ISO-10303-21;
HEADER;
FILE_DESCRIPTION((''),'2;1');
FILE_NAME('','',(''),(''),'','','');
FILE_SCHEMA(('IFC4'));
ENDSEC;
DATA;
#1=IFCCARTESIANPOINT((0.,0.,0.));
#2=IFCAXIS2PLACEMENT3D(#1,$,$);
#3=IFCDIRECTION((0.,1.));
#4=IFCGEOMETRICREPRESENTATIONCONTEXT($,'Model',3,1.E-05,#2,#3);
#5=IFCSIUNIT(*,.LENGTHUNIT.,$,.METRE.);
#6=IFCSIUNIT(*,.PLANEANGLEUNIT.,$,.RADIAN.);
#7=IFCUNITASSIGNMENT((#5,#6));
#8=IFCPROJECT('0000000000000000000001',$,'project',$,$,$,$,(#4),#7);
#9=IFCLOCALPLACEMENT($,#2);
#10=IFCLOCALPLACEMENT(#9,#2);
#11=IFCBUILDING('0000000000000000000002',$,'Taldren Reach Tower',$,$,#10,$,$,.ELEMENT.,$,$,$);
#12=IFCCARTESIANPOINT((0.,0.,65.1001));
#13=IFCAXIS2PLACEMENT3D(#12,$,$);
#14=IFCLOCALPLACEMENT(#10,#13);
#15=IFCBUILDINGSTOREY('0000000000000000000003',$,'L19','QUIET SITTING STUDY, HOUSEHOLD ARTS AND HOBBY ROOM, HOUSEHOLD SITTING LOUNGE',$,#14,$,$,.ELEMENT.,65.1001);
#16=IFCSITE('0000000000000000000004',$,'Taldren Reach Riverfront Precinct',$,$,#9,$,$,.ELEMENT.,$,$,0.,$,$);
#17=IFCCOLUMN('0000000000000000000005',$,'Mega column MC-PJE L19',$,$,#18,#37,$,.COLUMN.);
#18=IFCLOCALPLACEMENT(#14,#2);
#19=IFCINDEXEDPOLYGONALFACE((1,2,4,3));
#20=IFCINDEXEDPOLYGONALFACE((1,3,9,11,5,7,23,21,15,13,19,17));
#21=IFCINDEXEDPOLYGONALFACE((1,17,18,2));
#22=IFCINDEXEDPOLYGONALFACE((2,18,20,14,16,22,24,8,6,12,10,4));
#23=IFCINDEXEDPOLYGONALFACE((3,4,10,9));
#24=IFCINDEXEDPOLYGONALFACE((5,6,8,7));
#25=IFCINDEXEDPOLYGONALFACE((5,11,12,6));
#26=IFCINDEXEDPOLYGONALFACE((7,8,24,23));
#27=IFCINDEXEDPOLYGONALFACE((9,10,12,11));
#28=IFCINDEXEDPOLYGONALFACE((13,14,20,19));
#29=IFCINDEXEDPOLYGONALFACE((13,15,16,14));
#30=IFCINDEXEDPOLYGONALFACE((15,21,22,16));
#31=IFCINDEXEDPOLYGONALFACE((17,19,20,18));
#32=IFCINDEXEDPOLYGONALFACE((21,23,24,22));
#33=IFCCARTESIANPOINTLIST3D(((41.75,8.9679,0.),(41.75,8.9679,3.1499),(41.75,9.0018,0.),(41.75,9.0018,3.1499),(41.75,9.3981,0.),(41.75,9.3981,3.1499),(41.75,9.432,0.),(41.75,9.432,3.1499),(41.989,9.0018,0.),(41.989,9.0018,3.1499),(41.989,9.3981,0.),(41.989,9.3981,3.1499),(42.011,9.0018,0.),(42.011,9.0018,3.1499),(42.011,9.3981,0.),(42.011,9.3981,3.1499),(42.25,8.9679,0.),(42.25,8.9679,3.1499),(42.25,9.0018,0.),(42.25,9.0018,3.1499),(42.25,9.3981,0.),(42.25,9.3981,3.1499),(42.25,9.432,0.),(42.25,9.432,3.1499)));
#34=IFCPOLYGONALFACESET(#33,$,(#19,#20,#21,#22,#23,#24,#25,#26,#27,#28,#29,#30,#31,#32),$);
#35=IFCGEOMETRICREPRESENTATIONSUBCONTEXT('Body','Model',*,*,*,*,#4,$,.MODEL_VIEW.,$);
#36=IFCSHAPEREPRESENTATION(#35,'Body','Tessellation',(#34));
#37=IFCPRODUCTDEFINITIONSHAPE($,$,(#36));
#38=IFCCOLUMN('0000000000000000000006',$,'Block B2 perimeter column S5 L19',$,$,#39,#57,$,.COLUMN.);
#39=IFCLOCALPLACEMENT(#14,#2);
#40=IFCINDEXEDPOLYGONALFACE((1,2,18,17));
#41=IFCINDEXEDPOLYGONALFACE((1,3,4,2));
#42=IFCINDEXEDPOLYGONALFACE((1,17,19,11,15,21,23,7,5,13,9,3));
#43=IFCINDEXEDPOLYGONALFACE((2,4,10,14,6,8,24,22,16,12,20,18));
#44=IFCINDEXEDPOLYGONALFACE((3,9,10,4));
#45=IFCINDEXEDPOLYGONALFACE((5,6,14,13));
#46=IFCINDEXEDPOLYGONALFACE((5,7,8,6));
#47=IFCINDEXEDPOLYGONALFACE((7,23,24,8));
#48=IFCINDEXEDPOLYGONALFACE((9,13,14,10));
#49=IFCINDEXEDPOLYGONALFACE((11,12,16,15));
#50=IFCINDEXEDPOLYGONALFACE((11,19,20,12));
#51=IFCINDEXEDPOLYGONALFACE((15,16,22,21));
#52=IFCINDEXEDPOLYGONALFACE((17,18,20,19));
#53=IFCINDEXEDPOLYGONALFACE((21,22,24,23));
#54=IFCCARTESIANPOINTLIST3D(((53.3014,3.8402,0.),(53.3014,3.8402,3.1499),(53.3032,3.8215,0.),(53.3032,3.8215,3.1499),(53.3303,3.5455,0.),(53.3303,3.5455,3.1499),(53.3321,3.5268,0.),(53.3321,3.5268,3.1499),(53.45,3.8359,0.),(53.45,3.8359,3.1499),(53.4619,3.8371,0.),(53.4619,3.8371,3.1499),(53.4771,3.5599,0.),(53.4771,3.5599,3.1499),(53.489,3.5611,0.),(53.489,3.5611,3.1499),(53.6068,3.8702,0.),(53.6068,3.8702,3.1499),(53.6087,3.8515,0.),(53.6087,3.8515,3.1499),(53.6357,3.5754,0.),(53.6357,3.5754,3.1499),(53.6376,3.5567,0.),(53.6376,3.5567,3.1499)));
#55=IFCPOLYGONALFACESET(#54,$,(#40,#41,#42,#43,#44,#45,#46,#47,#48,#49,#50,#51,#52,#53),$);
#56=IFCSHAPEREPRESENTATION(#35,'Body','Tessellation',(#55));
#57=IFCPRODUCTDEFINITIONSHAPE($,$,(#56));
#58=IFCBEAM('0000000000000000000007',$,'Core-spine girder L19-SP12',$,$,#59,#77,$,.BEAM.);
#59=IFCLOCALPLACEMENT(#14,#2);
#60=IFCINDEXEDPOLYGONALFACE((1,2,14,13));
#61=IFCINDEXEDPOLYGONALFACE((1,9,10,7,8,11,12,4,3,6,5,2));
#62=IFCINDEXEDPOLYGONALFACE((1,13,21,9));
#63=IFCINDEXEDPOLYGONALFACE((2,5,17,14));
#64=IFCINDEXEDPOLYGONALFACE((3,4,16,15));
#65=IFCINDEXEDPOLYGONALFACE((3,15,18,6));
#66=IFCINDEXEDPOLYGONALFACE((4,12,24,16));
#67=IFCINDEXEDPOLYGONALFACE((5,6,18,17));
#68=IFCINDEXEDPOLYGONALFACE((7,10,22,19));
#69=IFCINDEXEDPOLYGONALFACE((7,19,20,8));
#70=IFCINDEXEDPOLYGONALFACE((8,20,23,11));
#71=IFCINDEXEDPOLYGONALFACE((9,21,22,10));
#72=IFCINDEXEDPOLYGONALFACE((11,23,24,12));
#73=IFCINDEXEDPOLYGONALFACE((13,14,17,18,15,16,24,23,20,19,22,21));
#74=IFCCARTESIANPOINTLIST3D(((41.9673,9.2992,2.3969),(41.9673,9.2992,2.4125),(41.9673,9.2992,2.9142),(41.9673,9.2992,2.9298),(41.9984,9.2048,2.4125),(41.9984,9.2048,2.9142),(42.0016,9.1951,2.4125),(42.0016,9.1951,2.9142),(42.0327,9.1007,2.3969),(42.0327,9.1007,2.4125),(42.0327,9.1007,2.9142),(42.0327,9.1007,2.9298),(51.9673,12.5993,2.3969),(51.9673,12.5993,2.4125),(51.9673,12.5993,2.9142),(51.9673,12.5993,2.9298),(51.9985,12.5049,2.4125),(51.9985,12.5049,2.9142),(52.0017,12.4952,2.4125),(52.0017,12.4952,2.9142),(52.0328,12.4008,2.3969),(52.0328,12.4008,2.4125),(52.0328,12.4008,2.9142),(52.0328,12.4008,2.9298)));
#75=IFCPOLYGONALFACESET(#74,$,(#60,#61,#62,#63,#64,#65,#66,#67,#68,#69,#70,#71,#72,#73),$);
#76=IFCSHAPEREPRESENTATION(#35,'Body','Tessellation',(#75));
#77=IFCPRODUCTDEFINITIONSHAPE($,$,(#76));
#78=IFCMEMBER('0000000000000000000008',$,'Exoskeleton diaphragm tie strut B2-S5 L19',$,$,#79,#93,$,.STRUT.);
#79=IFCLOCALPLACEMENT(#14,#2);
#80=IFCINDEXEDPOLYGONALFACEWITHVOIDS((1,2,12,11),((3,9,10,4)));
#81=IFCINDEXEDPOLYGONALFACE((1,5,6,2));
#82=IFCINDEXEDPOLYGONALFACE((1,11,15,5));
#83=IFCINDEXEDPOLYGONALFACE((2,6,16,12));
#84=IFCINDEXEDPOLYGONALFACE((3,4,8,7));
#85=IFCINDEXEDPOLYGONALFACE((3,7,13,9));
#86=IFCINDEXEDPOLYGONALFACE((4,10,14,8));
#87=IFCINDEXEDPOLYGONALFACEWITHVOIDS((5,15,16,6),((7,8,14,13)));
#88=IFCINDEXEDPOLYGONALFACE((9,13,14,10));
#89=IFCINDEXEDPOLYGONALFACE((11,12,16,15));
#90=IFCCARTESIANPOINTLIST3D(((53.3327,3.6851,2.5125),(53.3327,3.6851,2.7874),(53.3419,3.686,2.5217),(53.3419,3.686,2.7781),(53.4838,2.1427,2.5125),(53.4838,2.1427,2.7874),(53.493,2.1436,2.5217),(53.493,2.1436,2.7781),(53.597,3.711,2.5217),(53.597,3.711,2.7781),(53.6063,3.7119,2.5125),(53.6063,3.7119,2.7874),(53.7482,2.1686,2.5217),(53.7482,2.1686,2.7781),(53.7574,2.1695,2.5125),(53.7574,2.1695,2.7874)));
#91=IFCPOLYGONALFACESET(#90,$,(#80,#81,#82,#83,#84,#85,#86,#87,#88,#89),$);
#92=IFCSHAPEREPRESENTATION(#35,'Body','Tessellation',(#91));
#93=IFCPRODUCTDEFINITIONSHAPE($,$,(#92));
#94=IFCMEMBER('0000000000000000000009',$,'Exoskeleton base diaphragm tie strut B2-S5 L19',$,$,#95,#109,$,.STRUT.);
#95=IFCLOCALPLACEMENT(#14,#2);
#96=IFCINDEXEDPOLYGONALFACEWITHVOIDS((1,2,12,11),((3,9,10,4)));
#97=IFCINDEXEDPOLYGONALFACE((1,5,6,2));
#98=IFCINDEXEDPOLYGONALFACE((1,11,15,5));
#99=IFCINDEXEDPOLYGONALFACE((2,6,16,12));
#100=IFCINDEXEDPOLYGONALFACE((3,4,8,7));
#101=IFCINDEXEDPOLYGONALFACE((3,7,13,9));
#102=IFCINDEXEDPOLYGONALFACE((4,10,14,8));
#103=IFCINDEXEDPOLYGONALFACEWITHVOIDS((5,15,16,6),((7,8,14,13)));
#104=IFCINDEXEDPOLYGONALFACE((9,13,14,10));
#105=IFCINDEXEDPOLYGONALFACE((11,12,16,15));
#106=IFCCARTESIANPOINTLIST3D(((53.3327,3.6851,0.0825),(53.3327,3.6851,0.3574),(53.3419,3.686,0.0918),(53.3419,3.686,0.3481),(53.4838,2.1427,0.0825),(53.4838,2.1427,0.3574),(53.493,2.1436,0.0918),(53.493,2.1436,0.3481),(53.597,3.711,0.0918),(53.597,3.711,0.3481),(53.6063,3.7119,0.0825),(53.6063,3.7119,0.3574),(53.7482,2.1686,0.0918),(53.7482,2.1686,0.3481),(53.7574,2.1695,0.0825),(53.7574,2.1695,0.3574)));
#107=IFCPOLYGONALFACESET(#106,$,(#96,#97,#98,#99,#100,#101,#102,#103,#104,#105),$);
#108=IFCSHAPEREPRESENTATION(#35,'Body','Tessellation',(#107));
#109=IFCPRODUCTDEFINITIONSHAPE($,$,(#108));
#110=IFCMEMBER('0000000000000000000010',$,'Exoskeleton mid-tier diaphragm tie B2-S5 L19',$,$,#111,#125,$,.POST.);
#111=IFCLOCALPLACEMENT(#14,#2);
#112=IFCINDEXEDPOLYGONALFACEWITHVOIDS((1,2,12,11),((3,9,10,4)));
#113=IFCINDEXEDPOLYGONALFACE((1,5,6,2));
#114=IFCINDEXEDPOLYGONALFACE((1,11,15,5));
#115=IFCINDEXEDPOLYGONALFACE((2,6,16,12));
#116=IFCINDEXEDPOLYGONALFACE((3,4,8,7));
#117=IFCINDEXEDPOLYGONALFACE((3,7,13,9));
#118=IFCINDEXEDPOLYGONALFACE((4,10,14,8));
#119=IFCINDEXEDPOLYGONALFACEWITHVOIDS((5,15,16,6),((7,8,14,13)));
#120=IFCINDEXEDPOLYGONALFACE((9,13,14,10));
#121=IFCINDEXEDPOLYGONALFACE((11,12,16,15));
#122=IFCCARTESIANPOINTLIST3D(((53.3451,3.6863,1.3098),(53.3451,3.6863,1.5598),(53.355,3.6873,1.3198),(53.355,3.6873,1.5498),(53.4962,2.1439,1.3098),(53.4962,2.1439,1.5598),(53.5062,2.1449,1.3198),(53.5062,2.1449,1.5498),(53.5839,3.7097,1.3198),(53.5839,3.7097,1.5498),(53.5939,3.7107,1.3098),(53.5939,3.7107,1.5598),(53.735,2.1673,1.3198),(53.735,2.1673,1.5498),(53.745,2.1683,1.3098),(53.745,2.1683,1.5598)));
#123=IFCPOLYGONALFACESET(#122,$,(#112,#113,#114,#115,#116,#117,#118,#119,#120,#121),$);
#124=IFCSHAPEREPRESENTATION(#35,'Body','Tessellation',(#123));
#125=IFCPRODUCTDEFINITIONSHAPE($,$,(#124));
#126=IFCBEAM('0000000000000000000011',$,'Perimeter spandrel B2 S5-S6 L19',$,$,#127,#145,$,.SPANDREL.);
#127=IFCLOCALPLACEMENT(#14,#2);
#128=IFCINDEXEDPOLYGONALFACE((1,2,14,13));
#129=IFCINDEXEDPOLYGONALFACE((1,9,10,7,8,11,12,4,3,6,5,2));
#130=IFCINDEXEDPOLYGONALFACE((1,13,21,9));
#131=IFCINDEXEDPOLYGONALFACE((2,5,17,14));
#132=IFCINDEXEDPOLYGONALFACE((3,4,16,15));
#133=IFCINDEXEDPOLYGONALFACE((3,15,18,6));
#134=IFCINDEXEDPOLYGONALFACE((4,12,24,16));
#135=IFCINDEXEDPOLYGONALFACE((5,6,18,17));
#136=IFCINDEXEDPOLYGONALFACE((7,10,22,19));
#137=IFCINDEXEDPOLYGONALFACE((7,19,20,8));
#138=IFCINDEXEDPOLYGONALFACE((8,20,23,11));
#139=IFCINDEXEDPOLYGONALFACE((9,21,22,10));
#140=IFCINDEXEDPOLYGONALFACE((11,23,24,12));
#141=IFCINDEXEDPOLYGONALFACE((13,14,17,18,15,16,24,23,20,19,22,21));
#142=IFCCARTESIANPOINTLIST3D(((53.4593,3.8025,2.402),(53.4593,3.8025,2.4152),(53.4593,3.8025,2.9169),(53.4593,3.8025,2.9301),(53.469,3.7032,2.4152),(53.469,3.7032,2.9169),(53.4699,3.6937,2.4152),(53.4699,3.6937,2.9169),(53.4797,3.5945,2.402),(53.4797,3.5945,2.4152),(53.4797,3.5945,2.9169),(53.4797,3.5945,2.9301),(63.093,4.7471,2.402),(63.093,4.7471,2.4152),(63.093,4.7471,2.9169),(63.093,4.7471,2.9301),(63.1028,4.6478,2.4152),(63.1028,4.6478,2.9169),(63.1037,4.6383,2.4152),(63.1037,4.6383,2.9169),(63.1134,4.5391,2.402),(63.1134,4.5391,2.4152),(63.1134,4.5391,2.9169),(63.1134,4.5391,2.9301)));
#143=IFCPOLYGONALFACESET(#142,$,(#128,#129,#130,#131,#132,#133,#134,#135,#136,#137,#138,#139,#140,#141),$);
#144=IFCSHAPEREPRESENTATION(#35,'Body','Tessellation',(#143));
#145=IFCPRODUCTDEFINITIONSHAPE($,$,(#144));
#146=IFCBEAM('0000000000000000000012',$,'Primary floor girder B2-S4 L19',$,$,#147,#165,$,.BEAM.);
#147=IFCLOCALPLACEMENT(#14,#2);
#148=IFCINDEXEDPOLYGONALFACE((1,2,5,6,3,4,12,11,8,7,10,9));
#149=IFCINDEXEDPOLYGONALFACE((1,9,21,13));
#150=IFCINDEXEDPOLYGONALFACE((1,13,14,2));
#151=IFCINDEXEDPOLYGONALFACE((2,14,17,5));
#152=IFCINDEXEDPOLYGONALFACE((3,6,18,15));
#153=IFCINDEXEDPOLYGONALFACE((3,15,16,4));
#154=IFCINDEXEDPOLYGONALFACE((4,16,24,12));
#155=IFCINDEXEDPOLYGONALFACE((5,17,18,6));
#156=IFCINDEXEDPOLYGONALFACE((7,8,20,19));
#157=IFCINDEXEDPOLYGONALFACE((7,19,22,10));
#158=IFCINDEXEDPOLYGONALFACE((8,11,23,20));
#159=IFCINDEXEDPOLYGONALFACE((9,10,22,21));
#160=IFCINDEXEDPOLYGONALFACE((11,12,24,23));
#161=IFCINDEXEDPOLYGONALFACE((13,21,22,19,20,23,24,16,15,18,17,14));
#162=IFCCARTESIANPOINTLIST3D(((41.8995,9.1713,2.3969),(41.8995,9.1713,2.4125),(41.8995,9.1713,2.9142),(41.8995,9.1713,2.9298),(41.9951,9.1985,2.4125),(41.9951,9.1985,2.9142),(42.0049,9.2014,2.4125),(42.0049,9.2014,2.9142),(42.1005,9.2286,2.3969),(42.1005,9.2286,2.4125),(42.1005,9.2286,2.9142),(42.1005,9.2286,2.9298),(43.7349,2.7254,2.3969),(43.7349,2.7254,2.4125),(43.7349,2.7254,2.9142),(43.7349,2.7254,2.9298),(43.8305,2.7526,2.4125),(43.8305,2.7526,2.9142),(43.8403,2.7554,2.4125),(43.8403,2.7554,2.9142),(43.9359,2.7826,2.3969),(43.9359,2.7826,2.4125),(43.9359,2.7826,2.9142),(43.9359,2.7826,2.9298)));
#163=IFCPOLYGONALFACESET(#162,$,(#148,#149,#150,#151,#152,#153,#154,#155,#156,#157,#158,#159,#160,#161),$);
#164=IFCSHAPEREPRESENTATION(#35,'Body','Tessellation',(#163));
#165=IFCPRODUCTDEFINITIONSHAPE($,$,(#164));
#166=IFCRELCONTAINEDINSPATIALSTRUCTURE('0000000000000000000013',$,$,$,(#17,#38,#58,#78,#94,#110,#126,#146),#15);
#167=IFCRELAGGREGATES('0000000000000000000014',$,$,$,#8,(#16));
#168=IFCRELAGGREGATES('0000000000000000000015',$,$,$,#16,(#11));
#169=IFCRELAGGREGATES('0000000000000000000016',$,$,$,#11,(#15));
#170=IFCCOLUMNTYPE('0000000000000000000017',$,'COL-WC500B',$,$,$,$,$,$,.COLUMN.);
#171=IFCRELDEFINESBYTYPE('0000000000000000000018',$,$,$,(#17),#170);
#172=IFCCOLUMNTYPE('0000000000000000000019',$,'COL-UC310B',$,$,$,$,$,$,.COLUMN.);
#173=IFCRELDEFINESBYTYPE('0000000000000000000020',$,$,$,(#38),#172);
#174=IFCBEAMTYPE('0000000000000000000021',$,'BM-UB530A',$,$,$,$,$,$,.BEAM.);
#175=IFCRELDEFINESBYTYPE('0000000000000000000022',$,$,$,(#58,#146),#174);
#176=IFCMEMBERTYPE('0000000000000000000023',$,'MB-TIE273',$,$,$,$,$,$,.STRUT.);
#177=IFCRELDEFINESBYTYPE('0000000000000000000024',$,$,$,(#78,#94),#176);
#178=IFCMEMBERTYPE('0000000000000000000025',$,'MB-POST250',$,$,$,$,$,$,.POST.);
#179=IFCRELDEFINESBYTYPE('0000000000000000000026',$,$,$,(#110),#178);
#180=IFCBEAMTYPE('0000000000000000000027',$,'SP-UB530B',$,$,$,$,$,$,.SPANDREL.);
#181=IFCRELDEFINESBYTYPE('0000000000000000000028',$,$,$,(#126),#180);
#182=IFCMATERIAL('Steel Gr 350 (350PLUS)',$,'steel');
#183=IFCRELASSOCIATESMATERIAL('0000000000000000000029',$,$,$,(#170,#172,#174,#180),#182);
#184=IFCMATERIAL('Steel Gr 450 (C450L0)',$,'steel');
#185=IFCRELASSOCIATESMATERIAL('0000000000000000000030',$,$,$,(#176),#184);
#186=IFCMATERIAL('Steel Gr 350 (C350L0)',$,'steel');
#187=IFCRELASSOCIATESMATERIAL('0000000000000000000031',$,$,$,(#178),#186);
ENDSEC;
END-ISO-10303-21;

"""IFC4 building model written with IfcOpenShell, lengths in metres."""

from ifc_helpers import new_model, si_unit, direction, frame, origin, origin_2d, place, context, subcontext, project, spatial, hollow_rectangle, i_section, extrude, source, transform, mapped, material, material_profile, profile_set, type_object, element, save


model = new_model("IFC4")

# Units and contexts
model_context = context("Model", 3, precision=1e-05, world=origin(), true_north=direction((0.0, 1.0)))
body_context = subcontext(model_context, "Body", "Model", "MODEL_VIEW")
ifc_project = project(units=[si_unit("LENGTHUNIT", "METRE"), si_unit("PLANEANGLEUNIT", "RADIAN")], contexts=[model_context])

# Site, building, storey
site_placement = place(None, origin())
site = spatial("IfcSite", under=ifc_project, at=site_placement, Name="Taldren Reach Riverfront Precinct", CompositionType="ELEMENT", RefElevation=0.0)
building_placement = place(site_placement, origin())
building = spatial("IfcBuilding", under=site, at=building_placement, Name="Taldren Reach Tower", CompositionType="ELEMENT")
storey_placement = place(building_placement, frame((0.0, 0.0, 65.1001)))
storey = spatial("IfcBuildingStorey", under=building, at=storey_placement, Name="L19", Description="QUIET SITTING STUDY, HOUSEHOLD ARTS AND HOBBY ROOM, HOUSEHOLD SITTING LOUNGE", CompositionType="ELEMENT", Elevation=65.1001)

# Columns
ifc_material_1 = material(Name="Steel Gr 350 (350PLUS)", Category="steel")
ifc_material_profile_1 = material_profile(ifc_material_1, i_section(OverallWidth=0.5, OverallDepth=0.4641, WebThickness=0.022, FlangeThickness=0.0339, at=origin_2d()), Name="500WC340")
ifc_profile_set_1 = profile_set([ifc_material_profile_1], Name="Steel Gr 350 (350PLUS)")
column_type_1 = type_object("IfcColumnType", Name="COL-WC500B", PredefinedType="COLUMN", material=ifc_profile_set_1)
shared_shape_1 = source(origin(), body_context, "Body", "SweptSolid", [
    extrude(i_section(OverallWidth=0.5, OverallDepth=0.4641, WebThickness=0.022, FlangeThickness=0.0339, at=origin_2d()), origin(), (0.0, 0.0, 1.0), 3.1499),
])
column_1_placement = place(storey_placement, frame((42.0, 9.2, 0.0), z_axis=(0.0, 0.0, 1.0), x_axis=(1.0, 0.0, 0.0)))
element("IfcColumn", 1, at=column_1_placement, inside=storey, type_object=column_type_1, Name="Mega column MC-PJE L19", PredefinedType="COLUMN", context=body_context, shape_type="MappedRepresentation", body=[
    mapped(shared_shape_1, transform((0.0, 0.0, 0.0), scale=1.0)),
])
ifc_material_profile_2 = material_profile(ifc_material_1, i_section(OverallWidth=0.3069, OverallDepth=0.3149, WebThickness=0.012, FlangeThickness=0.0188, at=origin_2d()), Name="310UC118")
ifc_profile_set_2 = profile_set([ifc_material_profile_2], Name="Steel Gr 350 (350PLUS)")
column_type_2 = type_object("IfcColumnType", Name="COL-UC310B", PredefinedType="COLUMN", material=ifc_profile_set_2)
shared_shape_2 = source(origin(), body_context, "Body", "SweptSolid", [
    extrude(i_section(OverallWidth=0.3069, OverallDepth=0.3149, WebThickness=0.012, FlangeThickness=0.0188, at=origin_2d()), origin(), (0.0, 0.0, 1.0), 3.1499),
])
column_2_placement = place(storey_placement, frame((53.4695, 3.6985, 0.0), z_axis=(0.0, 0.0, 1.0), x_axis=(0.995227, 0.097583, 0.0)))
element("IfcColumn", 2, at=column_2_placement, inside=storey, type_object=column_type_2, Name="Block B2 perimeter column S5 L19", PredefinedType="COLUMN", context=body_context, shape_type="MappedRepresentation", body=[
    mapped(shared_shape_2, transform((0.0, 0.0, 0.0), scale=1.0)),
])

# Beam
ifc_material_profile_3 = material_profile(ifc_material_1, i_section(OverallWidth=0.209, OverallDepth=0.533, WebThickness=0.0103, FlangeThickness=0.0156, at=origin_2d()), Name="530UB92.4")
ifc_profile_set_3 = profile_set([ifc_material_profile_3], Name="Steel Gr 350 (350PLUS)")
beam_type_1 = type_object("IfcBeamType", Name="BM-UB530A", PredefinedType="BEAM", material=ifc_profile_set_3)
shared_shape_3 = source(origin(), body_context, "Body", "SweptSolid", [
    extrude(i_section(OverallWidth=0.209, OverallDepth=0.533, WebThickness=0.0103, FlangeThickness=0.0156, at=origin_2d()), origin(), (0.0, 0.0, 1.0), 10.5305),
])
beam_1_placement = place(storey_placement, frame((42.0, 9.2, 2.6633), z_axis=(0.949627, 0.313382, 0.0), x_axis=(-0.313382, 0.949627, 0.0)))
element("IfcBeam", 3, at=beam_1_placement, inside=storey, type_object=beam_type_1, Name="Core-spine girder L19-SP12", PredefinedType="BEAM", context=body_context, shape_type="MappedRepresentation", body=[
    mapped(shared_shape_3, transform((0.0, 0.0, 0.0), scale=1.0)),
])

# Members
ifc_material_2 = material(Name="Steel Gr 450 (C450L0)", Category="steel")
ifc_material_profile_4 = material_profile(ifc_material_2, hollow_rectangle(XDim=0.2749, YDim=0.2749, WallThickness=0.0093, at=origin_2d()), Name="275x275x9.3SHS")
ifc_profile_set_4 = profile_set([ifc_material_profile_4], Name="Steel Gr 450 (C450L0)")
member_type_1 = type_object("IfcMemberType", Name="MB-TIE273", PredefinedType="STRUT", material=ifc_profile_set_4)
shared_shape_4 = source(origin(), body_context, "Body", "SweptSolid", [
    extrude(hollow_rectangle(XDim=0.2749, YDim=0.2749, WallThickness=0.0093, at=origin_2d()), origin(), (0.0, 0.0, 1.0), 1.5498),
])
for number, where, z_axis, x_axis, name in (
    (4, (53.4695, 3.6985, 2.6499), (0.097507, -0.995235, 0.0), (0.995235, 0.097507, 0.0), "Exoskeleton diaphragm tie strut B2-S5 L19"),
    (5, (53.4695, 3.6985, 0.22), (0.097507, -0.995235, 0.0), (0.995235, 0.097507, 0.0), "Exoskeleton base diaphragm tie strut B2-S5 L19"),
):
    element("IfcMember", number, at=place(storey_placement, frame(where, z_axis=z_axis, x_axis=x_axis)), inside=storey, type_object=member_type_1, Name=name, PredefinedType="STRUT", context=body_context, shape_type="MappedRepresentation", body=[
        mapped(shared_shape_4, transform((0.0, 0.0, 0.0), scale=1.0)),
    ])
ifc_material_3 = material(Name="Steel Gr 350 (C350L0)", Category="steel")
ifc_material_profile_5 = material_profile(ifc_material_3, hollow_rectangle(XDim=0.25, YDim=0.25, WallThickness=0.01, at=origin_2d()), Name="250x250x10.0SHS")
ifc_profile_set_5 = profile_set([ifc_material_profile_5], Name="Steel Gr 350 (C350L0)")
member_type_2 = type_object("IfcMemberType", Name="MB-POST250", PredefinedType="POST", material=ifc_profile_set_5)
shared_shape_5 = source(origin(), body_context, "Body", "SweptSolid", [
    extrude(hollow_rectangle(XDim=0.25, YDim=0.25, WallThickness=0.01, at=origin_2d()), origin(), (0.0, 0.0, 1.0), 1.5498),
])
member_1_placement = place(storey_placement, frame((53.4695, 3.6985, 1.4348), z_axis=(0.097507, -0.995235, 0.0), x_axis=(0.995235, 0.097507, 0.0)))
element("IfcMember", 6, at=member_1_placement, inside=storey, type_object=member_type_2, Name="Exoskeleton mid-tier diaphragm tie B2-S5 L19", PredefinedType="POST", context=body_context, shape_type="MappedRepresentation", body=[
    mapped(shared_shape_5, transform((0.0, 0.0, 0.0), scale=1.0)),
])

# Beams
ifc_material_profile_6 = material_profile(ifc_material_1, i_section(OverallWidth=0.209, OverallDepth=0.5281, WebThickness=0.0095, FlangeThickness=0.0132, at=origin_2d()), Name="530UB82.0")
ifc_profile_set_6 = profile_set([ifc_material_profile_6], Name="Steel Gr 350 (350PLUS)")
beam_type_2 = type_object("IfcBeamType", Name="SP-UB530B", PredefinedType="SPANDREL", material=ifc_profile_set_6)
shared_shape_6 = source(origin(), body_context, "Body", "SweptSolid", [
    extrude(i_section(OverallWidth=0.209, OverallDepth=0.5281, WebThickness=0.0095, FlangeThickness=0.0132, at=origin_2d()), origin(), (0.0, 0.0, 1.0), 9.6799),
])
beam_2_placement = place(storey_placement, frame((53.4695, 3.6985, 2.666), z_axis=(0.995228, 0.097581, 0.0), x_axis=(-0.097581, 0.995228, 0.0)))
element("IfcBeam", 7, at=beam_2_placement, inside=storey, type_object=beam_type_2, Name="Perimeter spandrel B2 S5-S6 L19", PredefinedType="SPANDREL", context=body_context, shape_type="MappedRepresentation", body=[
    mapped(shared_shape_6, transform((0.0, 0.0, 0.0), scale=1.0)),
])
shared_shape_7 = source(origin(), body_context, "Body", "SweptSolid", [
    extrude(i_section(OverallWidth=0.209, OverallDepth=0.533, WebThickness=0.0103, FlangeThickness=0.0156, at=origin_2d()), origin(), (0.0, 0.0, 1.0), 6.7021),
])
beam_3_placement = place(storey_placement, frame((42.0, 9.2, 2.6633), z_axis=(0.273855, -0.961771, 0.0), x_axis=(0.961771, 0.273855, 0.0)))
element("IfcBeam", 8, at=beam_3_placement, inside=storey, type_object=beam_type_1, Name="Primary floor girder B2-S4 L19", PredefinedType="BEAM", context=body_context, shape_type="MappedRepresentation", body=[
    mapped(shared_shape_7, transform((0.0, 0.0, 0.0), scale=1.0)),
])

save(model, "model.ifc")
